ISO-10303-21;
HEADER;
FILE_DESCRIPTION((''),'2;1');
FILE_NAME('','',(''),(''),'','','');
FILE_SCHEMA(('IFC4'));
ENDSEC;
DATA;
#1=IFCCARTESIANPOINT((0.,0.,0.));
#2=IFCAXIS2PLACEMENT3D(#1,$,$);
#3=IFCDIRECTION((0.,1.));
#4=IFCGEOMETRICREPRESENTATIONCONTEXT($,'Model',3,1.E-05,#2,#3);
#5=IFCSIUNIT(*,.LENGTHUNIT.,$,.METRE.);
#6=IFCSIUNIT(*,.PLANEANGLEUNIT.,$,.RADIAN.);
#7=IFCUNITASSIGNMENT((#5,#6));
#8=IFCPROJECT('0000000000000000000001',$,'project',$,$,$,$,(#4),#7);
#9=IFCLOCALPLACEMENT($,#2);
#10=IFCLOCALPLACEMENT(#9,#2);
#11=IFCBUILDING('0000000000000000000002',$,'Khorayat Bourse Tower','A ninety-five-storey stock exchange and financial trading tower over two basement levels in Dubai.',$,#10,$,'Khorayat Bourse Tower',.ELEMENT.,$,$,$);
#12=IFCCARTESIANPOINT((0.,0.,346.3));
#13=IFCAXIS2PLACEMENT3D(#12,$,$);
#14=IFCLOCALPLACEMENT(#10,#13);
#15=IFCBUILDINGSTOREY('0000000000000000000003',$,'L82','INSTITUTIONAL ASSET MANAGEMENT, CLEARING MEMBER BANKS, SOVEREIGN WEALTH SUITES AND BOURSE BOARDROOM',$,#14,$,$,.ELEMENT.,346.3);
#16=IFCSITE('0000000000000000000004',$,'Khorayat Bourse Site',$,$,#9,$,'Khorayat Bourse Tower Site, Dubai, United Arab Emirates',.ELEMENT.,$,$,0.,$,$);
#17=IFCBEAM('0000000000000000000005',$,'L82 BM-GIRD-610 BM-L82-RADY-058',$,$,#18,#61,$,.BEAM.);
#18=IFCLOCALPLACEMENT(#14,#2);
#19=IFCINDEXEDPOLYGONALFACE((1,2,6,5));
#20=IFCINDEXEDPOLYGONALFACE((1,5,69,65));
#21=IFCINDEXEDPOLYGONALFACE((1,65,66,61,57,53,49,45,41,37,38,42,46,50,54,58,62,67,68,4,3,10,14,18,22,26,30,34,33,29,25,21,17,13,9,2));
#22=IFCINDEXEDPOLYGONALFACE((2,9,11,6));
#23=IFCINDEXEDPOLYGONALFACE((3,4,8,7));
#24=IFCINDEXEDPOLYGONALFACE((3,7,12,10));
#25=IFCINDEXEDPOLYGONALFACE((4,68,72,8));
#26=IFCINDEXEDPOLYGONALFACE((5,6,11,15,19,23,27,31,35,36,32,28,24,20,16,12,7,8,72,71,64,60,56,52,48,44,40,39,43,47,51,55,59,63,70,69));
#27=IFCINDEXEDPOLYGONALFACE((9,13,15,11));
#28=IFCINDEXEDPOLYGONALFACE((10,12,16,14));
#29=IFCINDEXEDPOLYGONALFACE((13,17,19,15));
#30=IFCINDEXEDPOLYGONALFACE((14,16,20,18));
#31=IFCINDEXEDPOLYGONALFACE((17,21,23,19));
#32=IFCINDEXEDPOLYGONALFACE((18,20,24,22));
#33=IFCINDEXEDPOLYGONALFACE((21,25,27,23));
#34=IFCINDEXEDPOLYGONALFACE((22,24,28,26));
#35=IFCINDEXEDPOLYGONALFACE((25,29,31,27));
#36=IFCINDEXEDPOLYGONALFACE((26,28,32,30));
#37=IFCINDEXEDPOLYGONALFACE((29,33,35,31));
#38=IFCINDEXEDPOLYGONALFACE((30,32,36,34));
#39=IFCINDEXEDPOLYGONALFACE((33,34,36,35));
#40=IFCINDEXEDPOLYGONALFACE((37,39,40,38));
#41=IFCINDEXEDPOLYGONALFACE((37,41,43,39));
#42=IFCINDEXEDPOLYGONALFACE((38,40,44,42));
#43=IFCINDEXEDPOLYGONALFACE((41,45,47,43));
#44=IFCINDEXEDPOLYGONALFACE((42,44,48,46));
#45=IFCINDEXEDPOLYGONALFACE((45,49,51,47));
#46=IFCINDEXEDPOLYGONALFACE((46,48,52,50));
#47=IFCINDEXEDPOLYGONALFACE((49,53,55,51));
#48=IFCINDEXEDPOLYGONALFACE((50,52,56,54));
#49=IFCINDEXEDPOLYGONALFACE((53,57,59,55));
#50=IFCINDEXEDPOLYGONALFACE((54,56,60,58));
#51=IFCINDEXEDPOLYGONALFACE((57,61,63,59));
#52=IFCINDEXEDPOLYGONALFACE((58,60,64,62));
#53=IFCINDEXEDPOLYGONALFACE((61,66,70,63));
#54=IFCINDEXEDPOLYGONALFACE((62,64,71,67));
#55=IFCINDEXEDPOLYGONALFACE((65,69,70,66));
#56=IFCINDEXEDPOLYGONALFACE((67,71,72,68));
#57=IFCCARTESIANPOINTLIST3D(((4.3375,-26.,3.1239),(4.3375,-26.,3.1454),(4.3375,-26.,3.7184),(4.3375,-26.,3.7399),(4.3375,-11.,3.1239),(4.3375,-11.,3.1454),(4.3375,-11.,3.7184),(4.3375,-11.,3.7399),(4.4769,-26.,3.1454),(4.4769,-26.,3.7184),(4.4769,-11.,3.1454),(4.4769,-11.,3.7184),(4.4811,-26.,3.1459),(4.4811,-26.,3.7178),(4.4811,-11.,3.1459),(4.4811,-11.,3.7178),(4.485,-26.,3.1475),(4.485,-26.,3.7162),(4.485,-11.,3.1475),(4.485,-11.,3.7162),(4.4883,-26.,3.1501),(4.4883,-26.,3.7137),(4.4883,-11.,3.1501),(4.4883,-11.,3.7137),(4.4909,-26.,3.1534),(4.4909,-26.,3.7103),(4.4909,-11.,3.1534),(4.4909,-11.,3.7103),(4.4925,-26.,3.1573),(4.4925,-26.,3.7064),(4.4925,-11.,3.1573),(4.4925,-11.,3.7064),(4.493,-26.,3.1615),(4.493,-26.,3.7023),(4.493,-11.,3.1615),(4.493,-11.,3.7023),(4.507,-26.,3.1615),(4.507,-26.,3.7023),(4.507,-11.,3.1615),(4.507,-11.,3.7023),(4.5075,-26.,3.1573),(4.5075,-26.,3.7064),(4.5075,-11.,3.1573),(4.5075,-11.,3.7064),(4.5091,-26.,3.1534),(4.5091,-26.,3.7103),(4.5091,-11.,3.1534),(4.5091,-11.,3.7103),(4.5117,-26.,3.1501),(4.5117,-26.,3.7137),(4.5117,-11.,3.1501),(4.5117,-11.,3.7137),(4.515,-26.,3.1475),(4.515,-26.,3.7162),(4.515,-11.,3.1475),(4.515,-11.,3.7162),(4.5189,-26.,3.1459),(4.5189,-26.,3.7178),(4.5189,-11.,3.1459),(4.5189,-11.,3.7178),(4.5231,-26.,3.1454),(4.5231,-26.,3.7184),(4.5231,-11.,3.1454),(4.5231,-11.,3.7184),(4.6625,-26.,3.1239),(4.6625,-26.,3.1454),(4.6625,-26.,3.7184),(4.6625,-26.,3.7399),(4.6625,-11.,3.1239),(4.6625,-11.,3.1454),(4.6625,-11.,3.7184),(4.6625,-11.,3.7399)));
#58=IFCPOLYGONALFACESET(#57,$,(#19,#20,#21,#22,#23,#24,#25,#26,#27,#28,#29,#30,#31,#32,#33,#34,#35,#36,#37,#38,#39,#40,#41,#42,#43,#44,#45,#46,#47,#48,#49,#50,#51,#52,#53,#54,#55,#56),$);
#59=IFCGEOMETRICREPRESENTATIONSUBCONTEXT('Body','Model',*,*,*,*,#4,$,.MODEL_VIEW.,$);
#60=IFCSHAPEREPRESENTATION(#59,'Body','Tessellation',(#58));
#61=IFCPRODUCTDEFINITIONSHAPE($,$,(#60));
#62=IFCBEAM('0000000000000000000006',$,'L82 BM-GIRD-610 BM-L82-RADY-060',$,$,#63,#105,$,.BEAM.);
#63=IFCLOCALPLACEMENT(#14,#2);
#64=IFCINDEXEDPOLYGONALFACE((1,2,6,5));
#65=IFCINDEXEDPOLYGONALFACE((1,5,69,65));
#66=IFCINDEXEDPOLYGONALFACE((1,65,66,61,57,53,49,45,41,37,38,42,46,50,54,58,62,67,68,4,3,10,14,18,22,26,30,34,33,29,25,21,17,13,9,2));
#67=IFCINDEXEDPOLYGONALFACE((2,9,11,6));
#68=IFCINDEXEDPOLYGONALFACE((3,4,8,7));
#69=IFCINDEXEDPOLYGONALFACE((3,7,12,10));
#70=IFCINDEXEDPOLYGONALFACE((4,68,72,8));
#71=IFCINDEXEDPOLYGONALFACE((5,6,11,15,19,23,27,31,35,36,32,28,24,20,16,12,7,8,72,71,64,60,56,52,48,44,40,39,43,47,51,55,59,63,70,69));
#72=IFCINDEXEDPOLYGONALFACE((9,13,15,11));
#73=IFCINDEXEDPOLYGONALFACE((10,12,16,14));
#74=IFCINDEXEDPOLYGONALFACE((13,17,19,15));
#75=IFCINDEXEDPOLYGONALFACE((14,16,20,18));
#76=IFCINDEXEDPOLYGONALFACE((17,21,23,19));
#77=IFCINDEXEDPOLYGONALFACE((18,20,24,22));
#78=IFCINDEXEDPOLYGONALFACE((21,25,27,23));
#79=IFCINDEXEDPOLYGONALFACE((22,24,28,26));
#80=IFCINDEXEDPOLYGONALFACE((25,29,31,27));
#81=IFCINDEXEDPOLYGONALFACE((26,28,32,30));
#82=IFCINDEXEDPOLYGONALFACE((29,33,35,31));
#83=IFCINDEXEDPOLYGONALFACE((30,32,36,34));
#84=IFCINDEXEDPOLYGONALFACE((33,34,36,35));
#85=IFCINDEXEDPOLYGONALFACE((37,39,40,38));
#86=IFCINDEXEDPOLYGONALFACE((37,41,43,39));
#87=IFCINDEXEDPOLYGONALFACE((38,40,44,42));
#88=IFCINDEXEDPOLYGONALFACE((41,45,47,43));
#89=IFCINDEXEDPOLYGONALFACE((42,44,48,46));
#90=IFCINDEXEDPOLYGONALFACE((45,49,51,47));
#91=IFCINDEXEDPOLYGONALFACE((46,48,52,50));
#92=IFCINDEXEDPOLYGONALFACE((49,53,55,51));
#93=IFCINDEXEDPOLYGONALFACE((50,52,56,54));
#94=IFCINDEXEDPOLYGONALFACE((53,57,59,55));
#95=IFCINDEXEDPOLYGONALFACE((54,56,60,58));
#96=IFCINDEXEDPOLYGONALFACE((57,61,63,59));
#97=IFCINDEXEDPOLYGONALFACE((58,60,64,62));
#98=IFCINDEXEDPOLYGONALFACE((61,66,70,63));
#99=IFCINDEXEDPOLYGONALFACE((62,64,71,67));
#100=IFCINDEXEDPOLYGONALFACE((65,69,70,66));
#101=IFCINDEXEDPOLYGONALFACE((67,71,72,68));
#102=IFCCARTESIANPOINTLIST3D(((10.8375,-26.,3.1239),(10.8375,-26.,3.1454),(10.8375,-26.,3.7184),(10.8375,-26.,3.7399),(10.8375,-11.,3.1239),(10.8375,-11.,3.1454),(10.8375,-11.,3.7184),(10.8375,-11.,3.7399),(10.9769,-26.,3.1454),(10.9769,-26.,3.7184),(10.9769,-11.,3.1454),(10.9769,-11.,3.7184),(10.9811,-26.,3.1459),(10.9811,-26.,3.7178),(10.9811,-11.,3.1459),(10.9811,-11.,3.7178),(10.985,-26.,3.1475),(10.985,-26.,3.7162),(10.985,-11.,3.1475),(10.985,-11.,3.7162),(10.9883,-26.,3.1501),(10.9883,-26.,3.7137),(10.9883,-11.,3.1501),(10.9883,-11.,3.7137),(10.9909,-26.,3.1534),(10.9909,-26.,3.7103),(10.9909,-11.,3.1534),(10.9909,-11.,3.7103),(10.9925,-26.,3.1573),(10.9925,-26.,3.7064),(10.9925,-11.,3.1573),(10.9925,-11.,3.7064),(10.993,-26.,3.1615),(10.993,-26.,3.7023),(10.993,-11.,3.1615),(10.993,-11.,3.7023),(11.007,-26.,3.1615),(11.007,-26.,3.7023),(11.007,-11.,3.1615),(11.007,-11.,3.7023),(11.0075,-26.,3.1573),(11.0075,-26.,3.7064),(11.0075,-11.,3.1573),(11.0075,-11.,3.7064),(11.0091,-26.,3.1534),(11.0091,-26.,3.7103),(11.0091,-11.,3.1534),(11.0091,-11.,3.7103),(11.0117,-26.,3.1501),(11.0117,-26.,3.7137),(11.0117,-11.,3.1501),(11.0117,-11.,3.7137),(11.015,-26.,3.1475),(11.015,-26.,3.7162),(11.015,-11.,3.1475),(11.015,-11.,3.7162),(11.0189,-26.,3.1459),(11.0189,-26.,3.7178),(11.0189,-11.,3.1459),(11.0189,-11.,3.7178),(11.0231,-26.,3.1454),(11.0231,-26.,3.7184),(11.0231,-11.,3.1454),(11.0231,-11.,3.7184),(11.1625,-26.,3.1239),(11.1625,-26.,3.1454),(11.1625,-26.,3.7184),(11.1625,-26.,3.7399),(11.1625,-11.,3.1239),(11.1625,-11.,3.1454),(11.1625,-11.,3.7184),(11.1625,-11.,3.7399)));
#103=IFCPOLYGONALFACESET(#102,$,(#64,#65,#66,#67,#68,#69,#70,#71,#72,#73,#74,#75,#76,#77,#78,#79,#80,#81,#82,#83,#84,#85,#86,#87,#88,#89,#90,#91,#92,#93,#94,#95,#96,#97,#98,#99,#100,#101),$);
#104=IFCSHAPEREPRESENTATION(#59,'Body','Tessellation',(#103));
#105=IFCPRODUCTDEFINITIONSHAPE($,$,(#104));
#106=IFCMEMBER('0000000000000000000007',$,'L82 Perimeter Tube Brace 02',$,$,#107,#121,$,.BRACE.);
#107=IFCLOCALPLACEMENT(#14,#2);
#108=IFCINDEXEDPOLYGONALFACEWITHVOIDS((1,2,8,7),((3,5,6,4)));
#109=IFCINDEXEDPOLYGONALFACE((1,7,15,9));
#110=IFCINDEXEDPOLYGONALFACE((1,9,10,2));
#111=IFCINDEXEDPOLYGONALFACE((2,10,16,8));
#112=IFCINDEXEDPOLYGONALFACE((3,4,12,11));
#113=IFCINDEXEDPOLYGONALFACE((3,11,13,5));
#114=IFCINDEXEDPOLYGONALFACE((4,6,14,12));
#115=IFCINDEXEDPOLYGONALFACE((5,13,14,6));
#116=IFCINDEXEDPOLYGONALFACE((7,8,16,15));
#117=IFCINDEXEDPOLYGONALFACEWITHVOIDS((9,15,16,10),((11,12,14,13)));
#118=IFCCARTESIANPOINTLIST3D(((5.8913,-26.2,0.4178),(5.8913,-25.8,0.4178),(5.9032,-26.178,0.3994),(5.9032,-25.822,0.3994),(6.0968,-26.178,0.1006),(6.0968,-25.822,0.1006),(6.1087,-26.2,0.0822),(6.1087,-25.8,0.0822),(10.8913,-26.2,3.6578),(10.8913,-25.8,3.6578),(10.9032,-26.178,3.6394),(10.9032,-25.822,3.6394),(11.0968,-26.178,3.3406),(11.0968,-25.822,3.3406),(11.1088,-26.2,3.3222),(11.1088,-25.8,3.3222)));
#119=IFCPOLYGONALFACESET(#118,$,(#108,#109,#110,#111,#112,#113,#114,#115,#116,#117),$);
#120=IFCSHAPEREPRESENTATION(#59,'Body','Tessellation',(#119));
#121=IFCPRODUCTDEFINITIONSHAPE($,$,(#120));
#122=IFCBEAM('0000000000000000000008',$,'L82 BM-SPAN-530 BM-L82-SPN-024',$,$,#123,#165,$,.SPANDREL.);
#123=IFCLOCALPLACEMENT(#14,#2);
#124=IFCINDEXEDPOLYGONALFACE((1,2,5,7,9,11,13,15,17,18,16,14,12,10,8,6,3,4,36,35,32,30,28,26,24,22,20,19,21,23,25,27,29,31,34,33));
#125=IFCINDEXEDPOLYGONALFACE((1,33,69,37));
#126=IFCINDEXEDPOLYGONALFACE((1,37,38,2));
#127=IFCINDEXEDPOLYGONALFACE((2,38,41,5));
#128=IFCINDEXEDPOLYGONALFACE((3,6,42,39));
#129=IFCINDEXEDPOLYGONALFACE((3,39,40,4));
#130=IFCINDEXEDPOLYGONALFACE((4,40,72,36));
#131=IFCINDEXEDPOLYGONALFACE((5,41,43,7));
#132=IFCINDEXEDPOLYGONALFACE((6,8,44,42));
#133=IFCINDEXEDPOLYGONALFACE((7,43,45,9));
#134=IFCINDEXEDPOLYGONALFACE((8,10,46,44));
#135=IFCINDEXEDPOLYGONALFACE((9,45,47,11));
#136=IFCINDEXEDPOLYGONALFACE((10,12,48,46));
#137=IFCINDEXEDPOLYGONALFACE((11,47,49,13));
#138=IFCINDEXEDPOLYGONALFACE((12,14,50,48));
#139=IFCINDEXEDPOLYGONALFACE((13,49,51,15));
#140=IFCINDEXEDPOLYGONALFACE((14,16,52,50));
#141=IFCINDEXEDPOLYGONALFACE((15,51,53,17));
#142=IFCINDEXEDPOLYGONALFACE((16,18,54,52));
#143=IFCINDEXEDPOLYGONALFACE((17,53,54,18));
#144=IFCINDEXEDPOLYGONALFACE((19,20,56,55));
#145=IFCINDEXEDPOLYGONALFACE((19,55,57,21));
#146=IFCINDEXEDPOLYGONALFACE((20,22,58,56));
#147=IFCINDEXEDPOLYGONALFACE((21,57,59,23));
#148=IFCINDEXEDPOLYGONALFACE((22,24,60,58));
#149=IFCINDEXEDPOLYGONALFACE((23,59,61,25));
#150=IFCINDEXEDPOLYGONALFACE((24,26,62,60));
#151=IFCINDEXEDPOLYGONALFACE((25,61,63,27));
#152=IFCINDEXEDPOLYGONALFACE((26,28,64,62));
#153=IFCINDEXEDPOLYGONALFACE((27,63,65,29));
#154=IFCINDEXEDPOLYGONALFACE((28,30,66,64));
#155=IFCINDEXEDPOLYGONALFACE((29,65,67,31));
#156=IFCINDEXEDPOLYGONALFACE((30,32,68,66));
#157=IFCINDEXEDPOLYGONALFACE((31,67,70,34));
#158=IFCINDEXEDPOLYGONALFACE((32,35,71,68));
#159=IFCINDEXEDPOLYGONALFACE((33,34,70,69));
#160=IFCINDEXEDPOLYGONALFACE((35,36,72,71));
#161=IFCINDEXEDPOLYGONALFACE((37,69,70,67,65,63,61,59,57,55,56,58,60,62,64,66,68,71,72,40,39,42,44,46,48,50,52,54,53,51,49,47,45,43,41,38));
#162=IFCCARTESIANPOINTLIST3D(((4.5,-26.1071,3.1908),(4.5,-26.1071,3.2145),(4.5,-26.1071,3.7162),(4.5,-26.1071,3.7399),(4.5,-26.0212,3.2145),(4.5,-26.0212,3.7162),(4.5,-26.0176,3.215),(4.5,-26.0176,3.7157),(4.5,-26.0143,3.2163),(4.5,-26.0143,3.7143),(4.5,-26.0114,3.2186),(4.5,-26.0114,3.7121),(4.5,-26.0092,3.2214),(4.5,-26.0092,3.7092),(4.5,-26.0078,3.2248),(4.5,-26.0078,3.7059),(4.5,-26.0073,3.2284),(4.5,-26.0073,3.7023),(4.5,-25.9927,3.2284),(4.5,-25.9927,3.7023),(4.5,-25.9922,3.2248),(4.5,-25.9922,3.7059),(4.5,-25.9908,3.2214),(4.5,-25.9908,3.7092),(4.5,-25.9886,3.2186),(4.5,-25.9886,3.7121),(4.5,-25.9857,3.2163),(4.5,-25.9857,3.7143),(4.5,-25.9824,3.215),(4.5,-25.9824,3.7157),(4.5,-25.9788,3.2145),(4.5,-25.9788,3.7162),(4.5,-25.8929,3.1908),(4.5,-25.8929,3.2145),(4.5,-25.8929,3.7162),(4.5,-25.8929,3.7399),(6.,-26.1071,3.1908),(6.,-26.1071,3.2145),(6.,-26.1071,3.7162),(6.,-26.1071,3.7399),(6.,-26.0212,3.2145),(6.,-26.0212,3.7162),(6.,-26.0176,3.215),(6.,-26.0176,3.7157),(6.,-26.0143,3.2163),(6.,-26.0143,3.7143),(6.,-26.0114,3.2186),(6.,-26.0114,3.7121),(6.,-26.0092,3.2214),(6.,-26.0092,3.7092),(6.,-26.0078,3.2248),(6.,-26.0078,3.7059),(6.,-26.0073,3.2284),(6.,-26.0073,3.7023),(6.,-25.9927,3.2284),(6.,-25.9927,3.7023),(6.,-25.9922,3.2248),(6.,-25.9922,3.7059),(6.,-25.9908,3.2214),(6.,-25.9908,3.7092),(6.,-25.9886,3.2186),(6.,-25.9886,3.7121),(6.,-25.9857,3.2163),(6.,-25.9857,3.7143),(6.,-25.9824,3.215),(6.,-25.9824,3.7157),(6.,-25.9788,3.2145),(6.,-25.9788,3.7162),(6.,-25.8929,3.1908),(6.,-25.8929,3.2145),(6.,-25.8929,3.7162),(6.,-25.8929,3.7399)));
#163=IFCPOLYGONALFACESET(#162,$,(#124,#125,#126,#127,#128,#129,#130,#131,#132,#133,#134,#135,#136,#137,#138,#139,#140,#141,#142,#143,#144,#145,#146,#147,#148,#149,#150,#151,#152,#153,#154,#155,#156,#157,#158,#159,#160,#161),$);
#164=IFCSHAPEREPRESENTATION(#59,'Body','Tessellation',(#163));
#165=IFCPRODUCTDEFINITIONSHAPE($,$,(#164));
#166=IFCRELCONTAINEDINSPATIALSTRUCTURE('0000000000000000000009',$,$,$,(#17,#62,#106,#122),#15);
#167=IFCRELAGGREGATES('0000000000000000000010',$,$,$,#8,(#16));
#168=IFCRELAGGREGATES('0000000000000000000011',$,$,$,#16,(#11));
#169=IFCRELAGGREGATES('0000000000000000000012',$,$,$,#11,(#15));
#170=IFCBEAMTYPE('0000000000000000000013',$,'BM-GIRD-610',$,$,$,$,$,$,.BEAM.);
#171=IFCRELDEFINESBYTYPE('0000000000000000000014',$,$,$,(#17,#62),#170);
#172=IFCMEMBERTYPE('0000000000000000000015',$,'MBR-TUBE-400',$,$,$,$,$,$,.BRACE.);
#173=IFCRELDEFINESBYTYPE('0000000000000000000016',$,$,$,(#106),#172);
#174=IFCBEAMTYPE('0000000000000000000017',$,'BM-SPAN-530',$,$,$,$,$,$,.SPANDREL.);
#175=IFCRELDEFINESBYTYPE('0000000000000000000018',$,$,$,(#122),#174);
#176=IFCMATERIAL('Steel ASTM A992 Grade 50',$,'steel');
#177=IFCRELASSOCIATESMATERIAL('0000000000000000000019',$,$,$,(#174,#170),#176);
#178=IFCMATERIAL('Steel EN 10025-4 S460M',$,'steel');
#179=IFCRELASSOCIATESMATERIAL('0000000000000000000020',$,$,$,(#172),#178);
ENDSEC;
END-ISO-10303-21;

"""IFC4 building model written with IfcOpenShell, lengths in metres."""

from ifc_helpers import new_model, si_unit, direction, frame, origin, origin_2d, place, context, subcontext, project, spatial, hollow_rectangle, i_section, extrude, source, transform, mapped, material, material_profile, profile_set, type_object, element, save


model = new_model("IFC4")

# Units and contexts
model_context = context("Model", 3, precision=1e-05, world=origin(), true_north=direction((0.0, 1.0)))
body_context = subcontext(model_context, "Body", "Model", "MODEL_VIEW")
ifc_project = project(units=[si_unit("LENGTHUNIT", "METRE"), si_unit("PLANEANGLEUNIT", "RADIAN")], contexts=[model_context])

# Site, building, storey
site_placement = place(None, origin())
site = spatial("IfcSite", under=ifc_project, at=site_placement, Name="Khorayat Bourse Site", LongName="Khorayat Bourse Tower Site, Dubai, United Arab Emirates", CompositionType="ELEMENT", RefElevation=0.0)
building_placement = place(site_placement, origin())
building = spatial("IfcBuilding", under=site, at=building_placement, Name="Khorayat Bourse Tower", Description="A ninety-five-storey stock exchange and financial trading tower over two basement levels in Dubai.", LongName="Khorayat Bourse Tower", CompositionType="ELEMENT")
storey_placement = place(building_placement, frame((0.0, 0.0, 346.3)))
storey = spatial("IfcBuildingStorey", under=building, at=storey_placement, Name="L82", Description="INSTITUTIONAL ASSET MANAGEMENT, CLEARING MEMBER BANKS, SOVEREIGN WEALTH SUITES AND BOURSE BOARDROOM", CompositionType="ELEMENT", Elevation=346.3)

# Beams
ifc_material_1 = material(Name="Steel ASTM A992 Grade 50", Category="steel")
ifc_material_profile_1 = material_profile(ifc_material_1, i_section(OverallWidth=0.2141, OverallDepth=0.5491, WebThickness=0.0146, FlangeThickness=0.0237, FilletRadius=0.0139, at=origin_2d()), Name="W530X138")
ifc_profile_set_1 = profile_set([ifc_material_profile_1], Name="Steel ASTM A992 Grade 50")
beam_type_1 = type_object("IfcBeamType", Name="BM-SPAN-530", PredefinedType="SPANDREL", material=ifc_profile_set_1)
ifc_material_profile_2 = material_profile(ifc_material_1, i_section(OverallWidth=0.325, OverallDepth=0.616, WebThickness=0.0139, FlangeThickness=0.0215, FilletRadius=0.0161, at=origin_2d()), Name="W610X174")
ifc_profile_set_2 = profile_set([ifc_material_profile_2], Name="Steel ASTM A992 Grade 50")
beam_type_2 = type_object("IfcBeamType", Name="BM-GIRD-610", PredefinedType="BEAM", material=ifc_profile_set_2)
shared_shape_1 = source(origin(), body_context, "Body", "SweptSolid", [
    extrude(i_section(OverallWidth=0.325, OverallDepth=0.616, WebThickness=0.0139, FlangeThickness=0.0215, FilletRadius=0.0161, at=origin_2d()), origin(), (0.0, 0.0, 1.0), 15.0),
])
for number, where, z_axis, x_axis, name in (
    (1, (4.5, -26.0, 3.4319), (0.0, 1.0, 0.0), (-1.0, 0.0, 0.0), "L82 BM-GIRD-610 BM-L82-RADY-058"),
    (2, (11.0, -26.0, 3.4319), (0.0, 1.0, 0.0), (-1.0, 0.0, 0.0), "L82 BM-GIRD-610 BM-L82-RADY-060"),
):
    element("IfcBeam", number, at=place(storey_placement, frame(where, z_axis=z_axis, x_axis=x_axis)), inside=storey, type_object=beam_type_2, Name=name, PredefinedType="BEAM", context=body_context, shape_type="MappedRepresentation", body=[
        mapped(shared_shape_1, transform((0.0, 0.0, 0.0), scale=1.0)),
    ])

# Member
ifc_material_2 = material(Name="Steel EN 10025-4 S460M", Category="steel")
ifc_material_profile_3 = material_profile(ifc_material_2, hollow_rectangle(XDim=0.3999, YDim=0.3999, WallThickness=0.022, at=origin_2d()), Name="HSS 400x400x22")
ifc_profile_set_3 = profile_set([ifc_material_profile_3], Name="Steel EN 10025-4 S460M")
member_type_1 = type_object("IfcMemberType", Name="MBR-TUBE-400", PredefinedType="BRACE", material=ifc_profile_set_3)
shared_shape_2 = source(origin(), body_context, "Body", "SweptSolid", [
    extrude(hollow_rectangle(XDim=0.3999, YDim=0.3999, WallThickness=0.022, at=origin_2d()), origin(), (0.0, 0.0, 1.0), 5.958),
])
member_1_placement = place(storey_placement, frame((6.0, -26.0, 0.25), z_axis=(0.83921, 0.0, 0.543807), x_axis=(0.0, 1.0, 0.0)))
element("IfcMember", 3, at=member_1_placement, inside=storey, type_object=member_type_1, Name="L82 Perimeter Tube Brace 02", PredefinedType="BRACE", context=body_context, shape_type="MappedRepresentation", body=[
    mapped(shared_shape_2, transform((0.0, 0.0, 0.0), scale=1.0)),
])

# Beam
shared_shape_3 = source(origin(), body_context, "Body", "SweptSolid", [
    extrude(i_section(OverallWidth=0.2141, OverallDepth=0.5491, WebThickness=0.0146, FlangeThickness=0.0237, FilletRadius=0.0139, at=origin_2d()), origin(), (0.0, 0.0, 1.0), 1.5),
])
beam_1_placement = place(storey_placement, frame((4.5, -26.0, 3.4653), z_axis=(1.0, 0.0, 0.0), x_axis=(0.0, 1.0, 0.0)))
element("IfcBeam", 4, at=beam_1_placement, inside=storey, type_object=beam_type_1, Name="L82 BM-SPAN-530 BM-L82-SPN-024", PredefinedType="SPANDREL", context=body_context, shape_type="MappedRepresentation", body=[
    mapped(shared_shape_3, transform((0.0, 0.0, 0.0), scale=1.0)),
])

save(model, "model.ifc")
